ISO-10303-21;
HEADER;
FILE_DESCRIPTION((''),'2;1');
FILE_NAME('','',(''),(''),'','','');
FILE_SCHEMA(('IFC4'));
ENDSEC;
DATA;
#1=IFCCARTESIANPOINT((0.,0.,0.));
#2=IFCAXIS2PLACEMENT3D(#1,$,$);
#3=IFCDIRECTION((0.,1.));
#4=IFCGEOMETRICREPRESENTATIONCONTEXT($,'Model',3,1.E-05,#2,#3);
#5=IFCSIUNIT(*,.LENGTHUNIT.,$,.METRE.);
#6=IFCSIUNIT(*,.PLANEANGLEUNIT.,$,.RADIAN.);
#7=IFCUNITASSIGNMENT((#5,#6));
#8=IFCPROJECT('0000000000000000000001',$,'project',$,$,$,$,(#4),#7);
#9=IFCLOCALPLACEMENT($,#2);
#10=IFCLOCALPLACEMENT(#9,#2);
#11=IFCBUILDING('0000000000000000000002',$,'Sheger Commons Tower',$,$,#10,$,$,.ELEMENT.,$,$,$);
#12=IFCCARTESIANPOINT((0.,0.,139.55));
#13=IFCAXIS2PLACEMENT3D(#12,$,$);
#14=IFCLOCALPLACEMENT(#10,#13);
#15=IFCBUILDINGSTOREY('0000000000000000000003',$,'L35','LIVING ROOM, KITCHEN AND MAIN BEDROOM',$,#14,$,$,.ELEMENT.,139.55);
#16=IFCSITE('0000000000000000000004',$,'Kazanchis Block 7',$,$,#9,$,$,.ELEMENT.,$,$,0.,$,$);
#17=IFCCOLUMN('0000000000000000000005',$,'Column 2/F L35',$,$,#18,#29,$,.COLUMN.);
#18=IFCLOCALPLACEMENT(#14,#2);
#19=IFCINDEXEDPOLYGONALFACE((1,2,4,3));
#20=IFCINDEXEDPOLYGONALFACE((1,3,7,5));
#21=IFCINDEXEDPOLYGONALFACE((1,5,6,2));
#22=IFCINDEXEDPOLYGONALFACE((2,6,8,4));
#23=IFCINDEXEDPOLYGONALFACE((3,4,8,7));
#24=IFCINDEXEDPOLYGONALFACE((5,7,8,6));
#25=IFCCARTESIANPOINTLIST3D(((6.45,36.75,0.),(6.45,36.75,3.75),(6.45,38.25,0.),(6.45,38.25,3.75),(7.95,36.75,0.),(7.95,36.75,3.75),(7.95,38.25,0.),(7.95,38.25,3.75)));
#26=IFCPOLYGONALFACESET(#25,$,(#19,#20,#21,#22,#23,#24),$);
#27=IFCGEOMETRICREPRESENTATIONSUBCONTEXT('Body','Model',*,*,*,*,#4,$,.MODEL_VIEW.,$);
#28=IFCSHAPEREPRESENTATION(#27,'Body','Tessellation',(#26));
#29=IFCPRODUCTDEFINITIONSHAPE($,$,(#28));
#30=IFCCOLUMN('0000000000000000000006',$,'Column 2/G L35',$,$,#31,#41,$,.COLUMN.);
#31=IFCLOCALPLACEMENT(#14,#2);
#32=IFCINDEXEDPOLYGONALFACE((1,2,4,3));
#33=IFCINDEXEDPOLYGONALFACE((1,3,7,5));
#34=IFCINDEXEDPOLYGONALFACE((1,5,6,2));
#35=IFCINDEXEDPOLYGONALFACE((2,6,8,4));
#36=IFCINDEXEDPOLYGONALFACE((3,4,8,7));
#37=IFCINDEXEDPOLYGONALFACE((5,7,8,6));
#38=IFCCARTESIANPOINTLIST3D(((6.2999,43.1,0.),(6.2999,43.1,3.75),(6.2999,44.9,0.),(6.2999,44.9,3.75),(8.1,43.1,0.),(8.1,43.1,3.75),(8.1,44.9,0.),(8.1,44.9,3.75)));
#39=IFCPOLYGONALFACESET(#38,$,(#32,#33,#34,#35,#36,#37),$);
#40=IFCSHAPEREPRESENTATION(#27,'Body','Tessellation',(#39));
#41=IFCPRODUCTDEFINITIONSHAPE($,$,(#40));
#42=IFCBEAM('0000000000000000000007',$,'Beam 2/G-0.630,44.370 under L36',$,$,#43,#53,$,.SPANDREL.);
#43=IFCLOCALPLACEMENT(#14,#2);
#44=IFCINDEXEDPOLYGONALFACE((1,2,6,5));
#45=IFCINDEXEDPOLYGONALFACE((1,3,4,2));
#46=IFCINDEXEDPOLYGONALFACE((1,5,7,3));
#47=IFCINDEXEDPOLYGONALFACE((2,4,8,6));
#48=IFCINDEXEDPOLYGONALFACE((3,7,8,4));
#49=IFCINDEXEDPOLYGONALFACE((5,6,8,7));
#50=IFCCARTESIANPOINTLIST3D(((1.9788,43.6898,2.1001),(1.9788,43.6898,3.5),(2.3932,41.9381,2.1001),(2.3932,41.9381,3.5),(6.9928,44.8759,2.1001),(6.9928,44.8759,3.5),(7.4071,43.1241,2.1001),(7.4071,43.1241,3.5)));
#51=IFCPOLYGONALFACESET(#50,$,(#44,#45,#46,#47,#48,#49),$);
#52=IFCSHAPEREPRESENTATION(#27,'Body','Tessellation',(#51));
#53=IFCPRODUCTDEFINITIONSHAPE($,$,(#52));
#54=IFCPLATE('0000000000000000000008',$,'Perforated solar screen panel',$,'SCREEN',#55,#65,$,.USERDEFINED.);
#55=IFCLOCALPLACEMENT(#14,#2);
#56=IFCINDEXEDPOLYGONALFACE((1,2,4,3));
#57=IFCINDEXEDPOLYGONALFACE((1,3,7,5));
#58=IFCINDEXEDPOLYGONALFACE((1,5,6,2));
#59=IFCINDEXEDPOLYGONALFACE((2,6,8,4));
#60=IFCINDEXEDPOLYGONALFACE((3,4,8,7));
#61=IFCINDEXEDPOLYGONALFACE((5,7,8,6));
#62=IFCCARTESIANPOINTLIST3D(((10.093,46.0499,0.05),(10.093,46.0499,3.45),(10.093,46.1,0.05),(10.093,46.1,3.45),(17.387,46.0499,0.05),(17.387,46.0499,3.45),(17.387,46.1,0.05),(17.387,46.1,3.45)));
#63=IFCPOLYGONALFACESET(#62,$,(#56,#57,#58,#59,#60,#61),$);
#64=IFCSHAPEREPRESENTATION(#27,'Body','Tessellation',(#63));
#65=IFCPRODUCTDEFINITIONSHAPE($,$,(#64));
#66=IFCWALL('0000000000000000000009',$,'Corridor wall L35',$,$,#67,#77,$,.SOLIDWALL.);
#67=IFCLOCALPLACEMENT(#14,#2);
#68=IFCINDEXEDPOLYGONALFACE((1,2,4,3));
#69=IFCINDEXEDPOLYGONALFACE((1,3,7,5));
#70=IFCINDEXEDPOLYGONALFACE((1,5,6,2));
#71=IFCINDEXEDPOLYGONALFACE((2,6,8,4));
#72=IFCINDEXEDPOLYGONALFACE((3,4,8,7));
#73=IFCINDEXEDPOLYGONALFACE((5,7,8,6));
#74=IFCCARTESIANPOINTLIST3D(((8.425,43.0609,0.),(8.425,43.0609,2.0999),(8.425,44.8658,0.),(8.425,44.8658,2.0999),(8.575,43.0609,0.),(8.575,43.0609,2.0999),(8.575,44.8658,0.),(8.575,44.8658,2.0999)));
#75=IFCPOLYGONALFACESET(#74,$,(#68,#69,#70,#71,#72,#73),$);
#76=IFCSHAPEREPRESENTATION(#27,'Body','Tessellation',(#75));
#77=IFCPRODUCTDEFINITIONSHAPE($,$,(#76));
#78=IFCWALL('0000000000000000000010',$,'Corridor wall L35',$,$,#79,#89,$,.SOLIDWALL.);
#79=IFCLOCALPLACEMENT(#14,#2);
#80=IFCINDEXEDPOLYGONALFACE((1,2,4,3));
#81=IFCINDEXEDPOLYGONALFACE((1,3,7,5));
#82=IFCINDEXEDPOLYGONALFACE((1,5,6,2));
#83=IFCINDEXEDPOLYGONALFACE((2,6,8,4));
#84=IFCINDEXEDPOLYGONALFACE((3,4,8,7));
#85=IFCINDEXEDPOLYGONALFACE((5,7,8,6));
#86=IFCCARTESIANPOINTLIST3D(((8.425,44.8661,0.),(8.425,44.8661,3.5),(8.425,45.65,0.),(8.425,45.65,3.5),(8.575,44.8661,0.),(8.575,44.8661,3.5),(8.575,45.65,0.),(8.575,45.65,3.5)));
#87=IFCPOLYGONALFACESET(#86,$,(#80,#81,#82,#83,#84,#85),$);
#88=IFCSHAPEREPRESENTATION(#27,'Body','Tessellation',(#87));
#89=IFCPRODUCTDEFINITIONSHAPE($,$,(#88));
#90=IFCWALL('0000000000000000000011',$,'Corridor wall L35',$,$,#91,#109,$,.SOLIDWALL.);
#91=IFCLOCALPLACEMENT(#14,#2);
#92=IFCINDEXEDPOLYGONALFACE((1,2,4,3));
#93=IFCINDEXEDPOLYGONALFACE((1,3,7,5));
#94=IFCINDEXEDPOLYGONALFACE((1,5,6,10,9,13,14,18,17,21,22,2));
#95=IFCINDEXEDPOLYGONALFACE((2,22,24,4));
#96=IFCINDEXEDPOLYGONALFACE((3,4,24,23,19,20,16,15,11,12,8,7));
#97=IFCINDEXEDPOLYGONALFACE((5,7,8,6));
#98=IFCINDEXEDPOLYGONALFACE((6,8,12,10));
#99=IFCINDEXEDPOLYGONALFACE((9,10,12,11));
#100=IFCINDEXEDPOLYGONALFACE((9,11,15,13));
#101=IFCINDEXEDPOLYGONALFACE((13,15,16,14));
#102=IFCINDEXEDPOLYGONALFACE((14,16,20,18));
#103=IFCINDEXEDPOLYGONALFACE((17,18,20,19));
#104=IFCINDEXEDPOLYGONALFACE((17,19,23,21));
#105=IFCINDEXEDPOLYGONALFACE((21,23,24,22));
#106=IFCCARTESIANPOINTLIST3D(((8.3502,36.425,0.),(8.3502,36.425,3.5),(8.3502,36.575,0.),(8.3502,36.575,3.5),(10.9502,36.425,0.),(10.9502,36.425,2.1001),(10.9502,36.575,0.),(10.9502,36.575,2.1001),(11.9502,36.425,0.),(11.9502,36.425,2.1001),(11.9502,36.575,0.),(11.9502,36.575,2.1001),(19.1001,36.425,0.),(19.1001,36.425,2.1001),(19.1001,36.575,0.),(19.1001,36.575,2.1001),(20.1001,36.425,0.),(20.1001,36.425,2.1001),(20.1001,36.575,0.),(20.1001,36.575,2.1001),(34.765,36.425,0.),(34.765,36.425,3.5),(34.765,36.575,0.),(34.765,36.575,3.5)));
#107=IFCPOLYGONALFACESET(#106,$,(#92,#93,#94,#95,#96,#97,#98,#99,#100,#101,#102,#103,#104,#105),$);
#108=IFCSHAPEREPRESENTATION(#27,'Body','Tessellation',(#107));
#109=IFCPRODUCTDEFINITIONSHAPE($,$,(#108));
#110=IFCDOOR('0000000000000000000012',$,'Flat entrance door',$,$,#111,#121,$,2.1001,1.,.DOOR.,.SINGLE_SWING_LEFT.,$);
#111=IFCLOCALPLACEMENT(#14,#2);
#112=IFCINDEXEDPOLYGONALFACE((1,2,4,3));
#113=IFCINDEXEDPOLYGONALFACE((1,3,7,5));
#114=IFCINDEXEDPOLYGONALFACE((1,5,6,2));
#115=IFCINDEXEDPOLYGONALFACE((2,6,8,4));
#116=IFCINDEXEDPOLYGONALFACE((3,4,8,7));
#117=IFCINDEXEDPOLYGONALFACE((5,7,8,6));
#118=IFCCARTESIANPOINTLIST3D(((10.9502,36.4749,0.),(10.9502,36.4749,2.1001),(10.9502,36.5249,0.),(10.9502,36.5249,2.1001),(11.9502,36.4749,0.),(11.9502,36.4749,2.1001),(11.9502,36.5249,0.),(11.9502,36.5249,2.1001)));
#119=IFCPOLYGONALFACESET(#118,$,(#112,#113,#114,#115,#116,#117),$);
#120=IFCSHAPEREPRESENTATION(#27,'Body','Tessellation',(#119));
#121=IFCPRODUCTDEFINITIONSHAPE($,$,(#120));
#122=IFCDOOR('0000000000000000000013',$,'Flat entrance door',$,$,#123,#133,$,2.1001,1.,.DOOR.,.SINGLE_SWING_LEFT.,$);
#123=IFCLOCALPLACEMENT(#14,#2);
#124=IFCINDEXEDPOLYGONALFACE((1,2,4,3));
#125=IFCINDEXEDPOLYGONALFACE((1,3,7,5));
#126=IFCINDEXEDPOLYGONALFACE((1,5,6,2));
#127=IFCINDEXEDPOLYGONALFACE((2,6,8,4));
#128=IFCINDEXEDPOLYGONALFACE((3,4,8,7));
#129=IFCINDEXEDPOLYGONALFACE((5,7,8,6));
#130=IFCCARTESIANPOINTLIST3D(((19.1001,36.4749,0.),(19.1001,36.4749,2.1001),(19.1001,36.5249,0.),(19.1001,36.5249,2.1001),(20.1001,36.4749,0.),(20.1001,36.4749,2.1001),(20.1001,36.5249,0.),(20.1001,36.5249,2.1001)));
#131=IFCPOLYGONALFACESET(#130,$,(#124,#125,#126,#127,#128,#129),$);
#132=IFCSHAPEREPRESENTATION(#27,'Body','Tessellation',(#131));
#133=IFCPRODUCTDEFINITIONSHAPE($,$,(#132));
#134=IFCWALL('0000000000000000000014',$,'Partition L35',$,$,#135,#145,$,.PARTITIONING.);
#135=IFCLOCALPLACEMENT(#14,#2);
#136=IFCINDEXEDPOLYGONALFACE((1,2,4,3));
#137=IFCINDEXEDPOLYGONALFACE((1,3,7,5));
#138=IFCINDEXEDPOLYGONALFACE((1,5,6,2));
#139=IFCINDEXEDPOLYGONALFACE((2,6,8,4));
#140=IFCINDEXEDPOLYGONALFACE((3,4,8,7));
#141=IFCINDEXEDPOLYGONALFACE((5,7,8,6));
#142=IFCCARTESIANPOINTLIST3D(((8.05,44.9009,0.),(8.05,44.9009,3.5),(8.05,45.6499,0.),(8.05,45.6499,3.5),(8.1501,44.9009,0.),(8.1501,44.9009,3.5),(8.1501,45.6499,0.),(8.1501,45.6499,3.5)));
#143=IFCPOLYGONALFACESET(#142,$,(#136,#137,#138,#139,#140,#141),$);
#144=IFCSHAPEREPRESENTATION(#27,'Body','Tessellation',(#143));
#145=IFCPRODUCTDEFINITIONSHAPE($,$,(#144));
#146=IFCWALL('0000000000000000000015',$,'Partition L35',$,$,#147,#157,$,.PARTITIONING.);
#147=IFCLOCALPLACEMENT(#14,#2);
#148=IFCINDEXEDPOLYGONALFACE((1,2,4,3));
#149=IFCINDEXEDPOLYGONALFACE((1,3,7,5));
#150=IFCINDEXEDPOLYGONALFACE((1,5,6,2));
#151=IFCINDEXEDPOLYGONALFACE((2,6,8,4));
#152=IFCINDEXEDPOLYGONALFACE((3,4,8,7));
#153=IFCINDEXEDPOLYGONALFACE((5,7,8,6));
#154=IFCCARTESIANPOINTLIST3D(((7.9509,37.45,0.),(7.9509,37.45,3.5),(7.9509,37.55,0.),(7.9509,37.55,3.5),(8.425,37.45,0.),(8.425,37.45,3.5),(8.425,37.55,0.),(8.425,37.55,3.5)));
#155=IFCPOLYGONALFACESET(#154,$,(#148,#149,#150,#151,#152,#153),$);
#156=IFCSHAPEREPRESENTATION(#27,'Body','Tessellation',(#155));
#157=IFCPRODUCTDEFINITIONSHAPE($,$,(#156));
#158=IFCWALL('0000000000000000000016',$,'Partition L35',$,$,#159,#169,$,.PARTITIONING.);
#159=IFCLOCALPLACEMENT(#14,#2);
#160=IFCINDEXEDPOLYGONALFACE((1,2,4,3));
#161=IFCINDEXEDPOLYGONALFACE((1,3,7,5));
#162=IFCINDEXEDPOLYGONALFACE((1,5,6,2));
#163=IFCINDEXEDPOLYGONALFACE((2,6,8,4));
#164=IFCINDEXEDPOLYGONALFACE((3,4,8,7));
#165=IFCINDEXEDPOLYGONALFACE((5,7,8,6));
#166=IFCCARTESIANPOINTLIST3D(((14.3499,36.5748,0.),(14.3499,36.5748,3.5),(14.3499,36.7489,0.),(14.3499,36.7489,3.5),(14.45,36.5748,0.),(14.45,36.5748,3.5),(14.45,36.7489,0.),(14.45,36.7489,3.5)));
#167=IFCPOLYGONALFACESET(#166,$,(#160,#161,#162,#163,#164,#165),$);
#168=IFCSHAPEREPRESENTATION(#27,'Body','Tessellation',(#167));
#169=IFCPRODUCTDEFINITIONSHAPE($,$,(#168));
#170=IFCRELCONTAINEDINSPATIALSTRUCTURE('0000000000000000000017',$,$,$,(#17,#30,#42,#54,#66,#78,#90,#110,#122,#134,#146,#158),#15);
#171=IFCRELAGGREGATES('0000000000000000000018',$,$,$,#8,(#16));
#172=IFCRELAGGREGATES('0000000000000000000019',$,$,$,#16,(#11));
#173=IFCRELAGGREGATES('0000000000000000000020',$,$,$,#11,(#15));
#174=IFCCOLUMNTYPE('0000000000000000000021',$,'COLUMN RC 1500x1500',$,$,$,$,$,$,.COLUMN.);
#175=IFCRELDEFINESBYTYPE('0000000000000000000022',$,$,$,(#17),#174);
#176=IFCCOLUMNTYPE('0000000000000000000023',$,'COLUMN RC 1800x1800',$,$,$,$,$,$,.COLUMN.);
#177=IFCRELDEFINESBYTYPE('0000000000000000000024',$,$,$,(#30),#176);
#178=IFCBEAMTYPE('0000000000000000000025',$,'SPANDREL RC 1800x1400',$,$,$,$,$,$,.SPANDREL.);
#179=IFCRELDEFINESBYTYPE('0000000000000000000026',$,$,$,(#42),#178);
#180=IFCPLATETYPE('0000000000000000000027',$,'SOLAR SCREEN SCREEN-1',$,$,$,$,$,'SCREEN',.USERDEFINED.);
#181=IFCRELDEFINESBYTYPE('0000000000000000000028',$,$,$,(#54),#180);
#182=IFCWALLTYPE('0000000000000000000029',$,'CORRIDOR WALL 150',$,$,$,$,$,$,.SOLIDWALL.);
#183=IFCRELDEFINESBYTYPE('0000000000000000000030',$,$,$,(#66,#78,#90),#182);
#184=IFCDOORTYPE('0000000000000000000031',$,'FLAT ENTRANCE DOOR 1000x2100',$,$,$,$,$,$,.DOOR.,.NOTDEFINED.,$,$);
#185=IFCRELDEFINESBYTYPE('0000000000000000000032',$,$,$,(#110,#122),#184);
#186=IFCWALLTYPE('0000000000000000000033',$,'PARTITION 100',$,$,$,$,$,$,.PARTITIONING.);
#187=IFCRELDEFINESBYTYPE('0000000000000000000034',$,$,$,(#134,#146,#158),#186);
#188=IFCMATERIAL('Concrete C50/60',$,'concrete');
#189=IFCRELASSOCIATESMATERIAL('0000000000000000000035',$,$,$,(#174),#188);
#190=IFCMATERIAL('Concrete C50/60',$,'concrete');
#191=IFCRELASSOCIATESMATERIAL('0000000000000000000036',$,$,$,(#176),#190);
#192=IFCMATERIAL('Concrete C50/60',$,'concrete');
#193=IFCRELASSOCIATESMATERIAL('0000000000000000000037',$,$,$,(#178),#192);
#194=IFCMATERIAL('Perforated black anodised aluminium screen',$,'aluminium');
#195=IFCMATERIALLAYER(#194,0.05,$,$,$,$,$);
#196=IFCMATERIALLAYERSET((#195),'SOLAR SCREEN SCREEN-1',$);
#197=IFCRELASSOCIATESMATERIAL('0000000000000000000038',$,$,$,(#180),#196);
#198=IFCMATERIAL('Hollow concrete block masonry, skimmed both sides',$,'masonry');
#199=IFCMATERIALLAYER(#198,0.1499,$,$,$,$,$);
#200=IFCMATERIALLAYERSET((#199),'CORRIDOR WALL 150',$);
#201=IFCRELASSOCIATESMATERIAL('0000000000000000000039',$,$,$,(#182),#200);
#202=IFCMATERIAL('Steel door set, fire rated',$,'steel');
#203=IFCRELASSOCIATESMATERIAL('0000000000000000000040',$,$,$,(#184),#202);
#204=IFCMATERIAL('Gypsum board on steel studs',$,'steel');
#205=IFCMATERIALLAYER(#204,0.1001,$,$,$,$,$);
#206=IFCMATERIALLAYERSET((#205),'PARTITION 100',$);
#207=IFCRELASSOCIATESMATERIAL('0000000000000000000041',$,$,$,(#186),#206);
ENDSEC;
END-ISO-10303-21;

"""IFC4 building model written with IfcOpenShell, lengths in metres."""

from ifc_helpers import new_model, si_unit, direction, frame, frame_2d, origin, origin_2d, place, context, subcontext, project, spatial, rectangle, extrude, material, layer, layer_set, material_profile, profile_set, type_object, element, fill, save


model = new_model("IFC4")

# Units and contexts
model_context = context("Model", 3, precision=1e-05, world=origin(), true_north=direction((0.0, 1.0)))
body_context = subcontext(model_context, "Body", "Model", "MODEL_VIEW")
ifc_project = project(units=[si_unit("LENGTHUNIT", "METRE"), si_unit("PLANEANGLEUNIT", "RADIAN")], contexts=[model_context])

# Site, building, storey
site_placement = place(None, origin())
site = spatial("IfcSite", under=ifc_project, at=site_placement, Name="Kazanchis Block 7", CompositionType="ELEMENT", RefElevation=0.0)
building_placement = place(site_placement, origin())
building = spatial("IfcBuilding", under=site, at=building_placement, Name="Sheger Commons Tower", CompositionType="ELEMENT")
storey_placement = place(building_placement, frame((0.0, 0.0, 139.55)))
storey = spatial("IfcBuildingStorey", under=building, at=storey_placement, Name="L35", Description="LIVING ROOM, KITCHEN AND MAIN BEDROOM", CompositionType="ELEMENT", Elevation=139.55)

# Columns
ifc_material_1 = material(Name="Concrete C50/60", Category="concrete")
ifc_material_profile_1 = material_profile(ifc_material_1, rectangle(XDim=1.5, YDim=1.5, at=origin_2d()), Name="RC 1500x1500")
ifc_profile_set_1 = profile_set([ifc_material_profile_1], Name="Concrete C50/60")
column_type_1 = type_object("IfcColumnType", Name="COLUMN RC 1500x1500", PredefinedType="COLUMN", material=ifc_profile_set_1)
column_1_placement = place(storey_placement, frame((7.2, 37.5, 0.0), z_axis=(0.0, 0.0, 1.0), x_axis=(1.0, 0.0, 0.0)))
element("IfcColumn", 1, at=column_1_placement, inside=storey, type_object=column_type_1, Name="Column 2/F L35", PredefinedType="COLUMN", context=body_context, shape_type="SweptSolid", body=[
    extrude(rectangle(XDim=1.5, YDim=1.5, at=origin_2d()), origin(), (0.0, 0.0, 1.0), 3.75),
])
ifc_material_2 = material(Name="Concrete C50/60", Category="concrete")
ifc_material_profile_2 = material_profile(ifc_material_2, rectangle(XDim=1.8, YDim=1.8, at=origin_2d()), Name="RC 1800x1800")
ifc_profile_set_2 = profile_set([ifc_material_profile_2], Name="Concrete C50/60")
column_type_2 = type_object("IfcColumnType", Name="COLUMN RC 1800x1800", PredefinedType="COLUMN", material=ifc_profile_set_2)
column_2_placement = place(storey_placement, frame((7.2, 44.0, 0.0), z_axis=(0.0, 0.0, 1.0), x_axis=(1.0, 0.0, 0.0)))
element("IfcColumn", 2, at=column_2_placement, inside=storey, type_object=column_type_2, Name="Column 2/G L35", PredefinedType="COLUMN", context=body_context, shape_type="SweptSolid", body=[
    extrude(rectangle(XDim=1.8, YDim=1.8, at=origin_2d()), origin(), (0.0, 0.0, 1.0), 3.75),
])

# Beam
ifc_material_3 = material(Name="Concrete C50/60", Category="concrete")
ifc_material_profile_3 = material_profile(ifc_material_3, rectangle(XDim=1.8, YDim=1.3999, at=origin_2d()), Name="RC 1800x1400")
ifc_profile_set_3 = profile_set([ifc_material_profile_3], Name="Concrete C50/60")
beam_type = type_object("IfcBeamType", Name="SPANDREL RC 1800x1400", PredefinedType="SPANDREL", material=ifc_profile_set_3)
beam_placement = place(storey_placement, frame((7.2, 44.0, 2.8), z_axis=(-0.973144, -0.230196, 0.0), x_axis=(0.230196, -0.973144, 0.0)))
element("IfcBeam", 3, at=beam_placement, inside=storey, type_object=beam_type, Name="Beam 2/G-0.630,44.370 under L36", PredefinedType="SPANDREL", context=body_context, shape_type="SweptSolid", body=[
    extrude(rectangle(XDim=1.8, YDim=1.3999, at=origin_2d()), origin(), (0.0, 0.0, 1.0), 5.1523),
])

# Plate
ifc_material_4 = material(Name="Perforated black anodised aluminium screen", Category="aluminium")
ifc_layer_1 = layer(ifc_material_4, 0.05)
ifc_layer_set_1 = layer_set([ifc_layer_1], Name="SOLAR SCREEN SCREEN-1")
plate_type = type_object("IfcPlateType", Name="SOLAR SCREEN SCREEN-1", ElementType="SCREEN", PredefinedType="USERDEFINED", material=ifc_layer_set_1)
plate_placement = place(storey_placement, frame((13.74, 46.075, 0.05), z_axis=(0.0, 0.0, 1.0), x_axis=(-1.0, 0.0, 0.0)))
element("IfcPlate", 4, at=plate_placement, inside=storey, type_object=plate_type, Name="Perforated solar screen panel", ObjectType="SCREEN", PredefinedType="USERDEFINED", context=body_context, shape_type="SweptSolid", body=[
    extrude(rectangle(XDim=7.2939, YDim=0.05, at=origin_2d()), origin(), (0.0, 0.0, 1.0), 3.3999),
])

# Walls
ifc_material_5 = material(Name="Hollow concrete block masonry, skimmed both sides", Category="masonry")
ifc_layer_2 = layer(ifc_material_5, 0.1499)
ifc_layer_set_2 = layer_set([ifc_layer_2], Name="CORRIDOR WALL 150")
wall_type_1 = type_object("IfcWallType", Name="CORRIDOR WALL 150", PredefinedType="SOLIDWALL", material=ifc_layer_set_2)
wall_1_placement = place(storey_placement, frame((8.5, 43.061, 0.0), z_axis=(0.0, 0.0, 1.0), x_axis=(0.0, 1.0, 0.0)))
element("IfcWall", 5, at=wall_1_placement, inside=storey, type_object=wall_type_1, Name="Corridor wall L35", PredefinedType="SOLIDWALL", context=body_context, shape_type="SweptSolid", body=[
    extrude(rectangle(XDim=1.8049, YDim=0.1499, at=frame_2d((0.9023, 0.0))), origin(), (0.0, 0.0, 1.0), 2.0999),
])
wall_2_placement = place(storey_placement, frame((8.5, 44.866, 0.0), z_axis=(0.0, 0.0, 1.0), x_axis=(0.0, 1.0, 0.0)))
element("IfcWall", 6, at=wall_2_placement, inside=storey, type_object=wall_type_1, Name="Corridor wall L35", PredefinedType="SOLIDWALL", context=body_context, shape_type="SweptSolid", body=[
    extrude(rectangle(XDim=0.7839, YDim=0.1499, at=frame_2d((0.3921, 0.0))), origin(), (0.0, 0.0, 1.0), 3.5),
])

# Wall, openings, doors
wall_3_placement = place(storey_placement, frame((8.3501, 36.5, 0.0), z_axis=(0.0, 0.0, 1.0), x_axis=(1.0, 0.0, 0.0)))
wall_3 = element("IfcWall", 7, at=wall_3_placement, inside=storey, type_object=wall_type_1, Name="Corridor wall L35", PredefinedType="SOLIDWALL", context=body_context, shape_type="SweptSolid", body=[
    extrude(rectangle(XDim=26.4148, YDim=0.1499, at=frame_2d((13.2075, 0.0))), origin(), (0.0, 0.0, 1.0), 3.5),
])
opening_1_placement = place(wall_3_placement, frame((2.6001, 0.0, 0.0)))
opening_1 = element("IfcOpeningElement", 8, at=opening_1_placement, cuts=wall_3, PredefinedType="OPENING", context=body_context, shape_type="SweptSolid", body=[
    extrude(rectangle(XDim=1.0, YDim=2.1001, at=frame_2d((0.5, 1.05))), frame((0.0, 0.085, 0.0), z_axis=(0.0, -1.0, 0.0), x_axis=(1.0, 0.0, 0.0)), (0.0, 0.0, 1.0), 0.1699),
])
opening_2_placement = place(wall_3_placement, frame((10.75, 0.0, 0.0)))
opening_2 = element("IfcOpeningElement", 9, at=opening_2_placement, cuts=wall_3, PredefinedType="OPENING", context=body_context, shape_type="SweptSolid", body=[
    extrude(rectangle(XDim=1.0, YDim=2.1001, at=frame_2d((0.5, 1.05))), frame((0.0, 0.085, 0.0), z_axis=(0.0, -1.0, 0.0), x_axis=(1.0, 0.0, 0.0)), (0.0, 0.0, 1.0), 0.1699),
])
ifc_material_6 = material(Name="Steel door set, fire rated", Category="steel")
door_type_1 = type_object("IfcDoorType", Name="FLAT ENTRANCE DOOR 1000x2100", OperationType="NOTDEFINED", PredefinedType="DOOR", material=ifc_material_6)
door_1_placement = place(opening_1_placement, origin())
door_1 = element("IfcDoor", 10, at=door_1_placement, inside=storey, type_object=door_type_1, Name="Flat entrance door", OperationType="SINGLE_SWING_LEFT", OverallHeight=2.1001, OverallWidth=1.0, PredefinedType="DOOR", context=body_context, shape_type="SweptSolid", body=[
    extrude(rectangle(XDim=1.0, YDim=2.1001, at=frame_2d((0.5, 1.05))), frame((0.0, 0.0249, 0.0), z_axis=(0.0, -1.0, 0.0), x_axis=(1.0, 0.0, 0.0)), (0.0, 0.0, 1.0), 0.05),
])
fill(opening_1, door_1)
door_2_placement = place(opening_2_placement, origin())
door_2 = element("IfcDoor", 11, at=door_2_placement, inside=storey, type_object=door_type_1, Name="Flat entrance door", OperationType="SINGLE_SWING_LEFT", OverallHeight=2.1001, OverallWidth=1.0, PredefinedType="DOOR", context=body_context, shape_type="SweptSolid", body=[
    extrude(rectangle(XDim=1.0, YDim=2.1001, at=frame_2d((0.5, 1.05))), frame((0.0, 0.0249, 0.0), z_axis=(0.0, -1.0, 0.0), x_axis=(1.0, 0.0, 0.0)), (0.0, 0.0, 1.0), 0.05),
])
fill(opening_2, door_2)

# Walls
ifc_material_7 = material(Name="Gypsum board on steel studs", Category="steel")
ifc_layer_3 = layer(ifc_material_7, 0.1001)
ifc_layer_set_3 = layer_set([ifc_layer_3], Name="PARTITION 100")
wall_type_2 = type_object("IfcWallType", Name="PARTITION 100", PredefinedType="PARTITIONING", material=ifc_layer_set_3)
wall_4_placement = place(storey_placement, frame((8.1001, 45.6499, 0.0), z_axis=(0.0, 0.0, 1.0), x_axis=(0.0, -1.0, 0.0)))
element("IfcWall", 12, at=wall_4_placement, inside=storey, type_object=wall_type_2, Name="Partition L35", PredefinedType="PARTITIONING", context=body_context, shape_type="SweptSolid", body=[
    extrude(rectangle(XDim=0.749, YDim=0.1001, at=frame_2d((0.3745, 0.0))), origin(), (0.0, 0.0, 1.0), 3.5),
])
wall_5_placement = place(storey_placement, frame((7.9509, 37.5, 0.0), z_axis=(0.0, 0.0, 1.0), x_axis=(1.0, 0.0, 0.0)))
element("IfcWall", 13, at=wall_5_placement, inside=storey, type_object=wall_type_2, Name="Partition L35", PredefinedType="PARTITIONING", context=body_context, shape_type="SweptSolid", body=[
    extrude(rectangle(XDim=0.4741, YDim=0.1001, at=frame_2d((0.2371, 0.0))), origin(), (0.0, 0.0, 1.0), 3.5),
])
wall_6_placement = place(storey_placement, frame((14.3999, 36.575, 0.0), z_axis=(0.0, 0.0, 1.0), x_axis=(0.0, 1.0, 0.0)))
element("IfcWall", 14, at=wall_6_placement, inside=storey, type_object=wall_type_2, Name="Partition L35", PredefinedType="PARTITIONING", context=body_context, shape_type="SweptSolid", body=[
    extrude(rectangle(XDim=0.1741, YDim=0.1001, at=frame_2d((0.0869, 0.0))), origin(), (0.0, 0.0, 1.0), 3.5),
])

save(model, "model.ifc")
